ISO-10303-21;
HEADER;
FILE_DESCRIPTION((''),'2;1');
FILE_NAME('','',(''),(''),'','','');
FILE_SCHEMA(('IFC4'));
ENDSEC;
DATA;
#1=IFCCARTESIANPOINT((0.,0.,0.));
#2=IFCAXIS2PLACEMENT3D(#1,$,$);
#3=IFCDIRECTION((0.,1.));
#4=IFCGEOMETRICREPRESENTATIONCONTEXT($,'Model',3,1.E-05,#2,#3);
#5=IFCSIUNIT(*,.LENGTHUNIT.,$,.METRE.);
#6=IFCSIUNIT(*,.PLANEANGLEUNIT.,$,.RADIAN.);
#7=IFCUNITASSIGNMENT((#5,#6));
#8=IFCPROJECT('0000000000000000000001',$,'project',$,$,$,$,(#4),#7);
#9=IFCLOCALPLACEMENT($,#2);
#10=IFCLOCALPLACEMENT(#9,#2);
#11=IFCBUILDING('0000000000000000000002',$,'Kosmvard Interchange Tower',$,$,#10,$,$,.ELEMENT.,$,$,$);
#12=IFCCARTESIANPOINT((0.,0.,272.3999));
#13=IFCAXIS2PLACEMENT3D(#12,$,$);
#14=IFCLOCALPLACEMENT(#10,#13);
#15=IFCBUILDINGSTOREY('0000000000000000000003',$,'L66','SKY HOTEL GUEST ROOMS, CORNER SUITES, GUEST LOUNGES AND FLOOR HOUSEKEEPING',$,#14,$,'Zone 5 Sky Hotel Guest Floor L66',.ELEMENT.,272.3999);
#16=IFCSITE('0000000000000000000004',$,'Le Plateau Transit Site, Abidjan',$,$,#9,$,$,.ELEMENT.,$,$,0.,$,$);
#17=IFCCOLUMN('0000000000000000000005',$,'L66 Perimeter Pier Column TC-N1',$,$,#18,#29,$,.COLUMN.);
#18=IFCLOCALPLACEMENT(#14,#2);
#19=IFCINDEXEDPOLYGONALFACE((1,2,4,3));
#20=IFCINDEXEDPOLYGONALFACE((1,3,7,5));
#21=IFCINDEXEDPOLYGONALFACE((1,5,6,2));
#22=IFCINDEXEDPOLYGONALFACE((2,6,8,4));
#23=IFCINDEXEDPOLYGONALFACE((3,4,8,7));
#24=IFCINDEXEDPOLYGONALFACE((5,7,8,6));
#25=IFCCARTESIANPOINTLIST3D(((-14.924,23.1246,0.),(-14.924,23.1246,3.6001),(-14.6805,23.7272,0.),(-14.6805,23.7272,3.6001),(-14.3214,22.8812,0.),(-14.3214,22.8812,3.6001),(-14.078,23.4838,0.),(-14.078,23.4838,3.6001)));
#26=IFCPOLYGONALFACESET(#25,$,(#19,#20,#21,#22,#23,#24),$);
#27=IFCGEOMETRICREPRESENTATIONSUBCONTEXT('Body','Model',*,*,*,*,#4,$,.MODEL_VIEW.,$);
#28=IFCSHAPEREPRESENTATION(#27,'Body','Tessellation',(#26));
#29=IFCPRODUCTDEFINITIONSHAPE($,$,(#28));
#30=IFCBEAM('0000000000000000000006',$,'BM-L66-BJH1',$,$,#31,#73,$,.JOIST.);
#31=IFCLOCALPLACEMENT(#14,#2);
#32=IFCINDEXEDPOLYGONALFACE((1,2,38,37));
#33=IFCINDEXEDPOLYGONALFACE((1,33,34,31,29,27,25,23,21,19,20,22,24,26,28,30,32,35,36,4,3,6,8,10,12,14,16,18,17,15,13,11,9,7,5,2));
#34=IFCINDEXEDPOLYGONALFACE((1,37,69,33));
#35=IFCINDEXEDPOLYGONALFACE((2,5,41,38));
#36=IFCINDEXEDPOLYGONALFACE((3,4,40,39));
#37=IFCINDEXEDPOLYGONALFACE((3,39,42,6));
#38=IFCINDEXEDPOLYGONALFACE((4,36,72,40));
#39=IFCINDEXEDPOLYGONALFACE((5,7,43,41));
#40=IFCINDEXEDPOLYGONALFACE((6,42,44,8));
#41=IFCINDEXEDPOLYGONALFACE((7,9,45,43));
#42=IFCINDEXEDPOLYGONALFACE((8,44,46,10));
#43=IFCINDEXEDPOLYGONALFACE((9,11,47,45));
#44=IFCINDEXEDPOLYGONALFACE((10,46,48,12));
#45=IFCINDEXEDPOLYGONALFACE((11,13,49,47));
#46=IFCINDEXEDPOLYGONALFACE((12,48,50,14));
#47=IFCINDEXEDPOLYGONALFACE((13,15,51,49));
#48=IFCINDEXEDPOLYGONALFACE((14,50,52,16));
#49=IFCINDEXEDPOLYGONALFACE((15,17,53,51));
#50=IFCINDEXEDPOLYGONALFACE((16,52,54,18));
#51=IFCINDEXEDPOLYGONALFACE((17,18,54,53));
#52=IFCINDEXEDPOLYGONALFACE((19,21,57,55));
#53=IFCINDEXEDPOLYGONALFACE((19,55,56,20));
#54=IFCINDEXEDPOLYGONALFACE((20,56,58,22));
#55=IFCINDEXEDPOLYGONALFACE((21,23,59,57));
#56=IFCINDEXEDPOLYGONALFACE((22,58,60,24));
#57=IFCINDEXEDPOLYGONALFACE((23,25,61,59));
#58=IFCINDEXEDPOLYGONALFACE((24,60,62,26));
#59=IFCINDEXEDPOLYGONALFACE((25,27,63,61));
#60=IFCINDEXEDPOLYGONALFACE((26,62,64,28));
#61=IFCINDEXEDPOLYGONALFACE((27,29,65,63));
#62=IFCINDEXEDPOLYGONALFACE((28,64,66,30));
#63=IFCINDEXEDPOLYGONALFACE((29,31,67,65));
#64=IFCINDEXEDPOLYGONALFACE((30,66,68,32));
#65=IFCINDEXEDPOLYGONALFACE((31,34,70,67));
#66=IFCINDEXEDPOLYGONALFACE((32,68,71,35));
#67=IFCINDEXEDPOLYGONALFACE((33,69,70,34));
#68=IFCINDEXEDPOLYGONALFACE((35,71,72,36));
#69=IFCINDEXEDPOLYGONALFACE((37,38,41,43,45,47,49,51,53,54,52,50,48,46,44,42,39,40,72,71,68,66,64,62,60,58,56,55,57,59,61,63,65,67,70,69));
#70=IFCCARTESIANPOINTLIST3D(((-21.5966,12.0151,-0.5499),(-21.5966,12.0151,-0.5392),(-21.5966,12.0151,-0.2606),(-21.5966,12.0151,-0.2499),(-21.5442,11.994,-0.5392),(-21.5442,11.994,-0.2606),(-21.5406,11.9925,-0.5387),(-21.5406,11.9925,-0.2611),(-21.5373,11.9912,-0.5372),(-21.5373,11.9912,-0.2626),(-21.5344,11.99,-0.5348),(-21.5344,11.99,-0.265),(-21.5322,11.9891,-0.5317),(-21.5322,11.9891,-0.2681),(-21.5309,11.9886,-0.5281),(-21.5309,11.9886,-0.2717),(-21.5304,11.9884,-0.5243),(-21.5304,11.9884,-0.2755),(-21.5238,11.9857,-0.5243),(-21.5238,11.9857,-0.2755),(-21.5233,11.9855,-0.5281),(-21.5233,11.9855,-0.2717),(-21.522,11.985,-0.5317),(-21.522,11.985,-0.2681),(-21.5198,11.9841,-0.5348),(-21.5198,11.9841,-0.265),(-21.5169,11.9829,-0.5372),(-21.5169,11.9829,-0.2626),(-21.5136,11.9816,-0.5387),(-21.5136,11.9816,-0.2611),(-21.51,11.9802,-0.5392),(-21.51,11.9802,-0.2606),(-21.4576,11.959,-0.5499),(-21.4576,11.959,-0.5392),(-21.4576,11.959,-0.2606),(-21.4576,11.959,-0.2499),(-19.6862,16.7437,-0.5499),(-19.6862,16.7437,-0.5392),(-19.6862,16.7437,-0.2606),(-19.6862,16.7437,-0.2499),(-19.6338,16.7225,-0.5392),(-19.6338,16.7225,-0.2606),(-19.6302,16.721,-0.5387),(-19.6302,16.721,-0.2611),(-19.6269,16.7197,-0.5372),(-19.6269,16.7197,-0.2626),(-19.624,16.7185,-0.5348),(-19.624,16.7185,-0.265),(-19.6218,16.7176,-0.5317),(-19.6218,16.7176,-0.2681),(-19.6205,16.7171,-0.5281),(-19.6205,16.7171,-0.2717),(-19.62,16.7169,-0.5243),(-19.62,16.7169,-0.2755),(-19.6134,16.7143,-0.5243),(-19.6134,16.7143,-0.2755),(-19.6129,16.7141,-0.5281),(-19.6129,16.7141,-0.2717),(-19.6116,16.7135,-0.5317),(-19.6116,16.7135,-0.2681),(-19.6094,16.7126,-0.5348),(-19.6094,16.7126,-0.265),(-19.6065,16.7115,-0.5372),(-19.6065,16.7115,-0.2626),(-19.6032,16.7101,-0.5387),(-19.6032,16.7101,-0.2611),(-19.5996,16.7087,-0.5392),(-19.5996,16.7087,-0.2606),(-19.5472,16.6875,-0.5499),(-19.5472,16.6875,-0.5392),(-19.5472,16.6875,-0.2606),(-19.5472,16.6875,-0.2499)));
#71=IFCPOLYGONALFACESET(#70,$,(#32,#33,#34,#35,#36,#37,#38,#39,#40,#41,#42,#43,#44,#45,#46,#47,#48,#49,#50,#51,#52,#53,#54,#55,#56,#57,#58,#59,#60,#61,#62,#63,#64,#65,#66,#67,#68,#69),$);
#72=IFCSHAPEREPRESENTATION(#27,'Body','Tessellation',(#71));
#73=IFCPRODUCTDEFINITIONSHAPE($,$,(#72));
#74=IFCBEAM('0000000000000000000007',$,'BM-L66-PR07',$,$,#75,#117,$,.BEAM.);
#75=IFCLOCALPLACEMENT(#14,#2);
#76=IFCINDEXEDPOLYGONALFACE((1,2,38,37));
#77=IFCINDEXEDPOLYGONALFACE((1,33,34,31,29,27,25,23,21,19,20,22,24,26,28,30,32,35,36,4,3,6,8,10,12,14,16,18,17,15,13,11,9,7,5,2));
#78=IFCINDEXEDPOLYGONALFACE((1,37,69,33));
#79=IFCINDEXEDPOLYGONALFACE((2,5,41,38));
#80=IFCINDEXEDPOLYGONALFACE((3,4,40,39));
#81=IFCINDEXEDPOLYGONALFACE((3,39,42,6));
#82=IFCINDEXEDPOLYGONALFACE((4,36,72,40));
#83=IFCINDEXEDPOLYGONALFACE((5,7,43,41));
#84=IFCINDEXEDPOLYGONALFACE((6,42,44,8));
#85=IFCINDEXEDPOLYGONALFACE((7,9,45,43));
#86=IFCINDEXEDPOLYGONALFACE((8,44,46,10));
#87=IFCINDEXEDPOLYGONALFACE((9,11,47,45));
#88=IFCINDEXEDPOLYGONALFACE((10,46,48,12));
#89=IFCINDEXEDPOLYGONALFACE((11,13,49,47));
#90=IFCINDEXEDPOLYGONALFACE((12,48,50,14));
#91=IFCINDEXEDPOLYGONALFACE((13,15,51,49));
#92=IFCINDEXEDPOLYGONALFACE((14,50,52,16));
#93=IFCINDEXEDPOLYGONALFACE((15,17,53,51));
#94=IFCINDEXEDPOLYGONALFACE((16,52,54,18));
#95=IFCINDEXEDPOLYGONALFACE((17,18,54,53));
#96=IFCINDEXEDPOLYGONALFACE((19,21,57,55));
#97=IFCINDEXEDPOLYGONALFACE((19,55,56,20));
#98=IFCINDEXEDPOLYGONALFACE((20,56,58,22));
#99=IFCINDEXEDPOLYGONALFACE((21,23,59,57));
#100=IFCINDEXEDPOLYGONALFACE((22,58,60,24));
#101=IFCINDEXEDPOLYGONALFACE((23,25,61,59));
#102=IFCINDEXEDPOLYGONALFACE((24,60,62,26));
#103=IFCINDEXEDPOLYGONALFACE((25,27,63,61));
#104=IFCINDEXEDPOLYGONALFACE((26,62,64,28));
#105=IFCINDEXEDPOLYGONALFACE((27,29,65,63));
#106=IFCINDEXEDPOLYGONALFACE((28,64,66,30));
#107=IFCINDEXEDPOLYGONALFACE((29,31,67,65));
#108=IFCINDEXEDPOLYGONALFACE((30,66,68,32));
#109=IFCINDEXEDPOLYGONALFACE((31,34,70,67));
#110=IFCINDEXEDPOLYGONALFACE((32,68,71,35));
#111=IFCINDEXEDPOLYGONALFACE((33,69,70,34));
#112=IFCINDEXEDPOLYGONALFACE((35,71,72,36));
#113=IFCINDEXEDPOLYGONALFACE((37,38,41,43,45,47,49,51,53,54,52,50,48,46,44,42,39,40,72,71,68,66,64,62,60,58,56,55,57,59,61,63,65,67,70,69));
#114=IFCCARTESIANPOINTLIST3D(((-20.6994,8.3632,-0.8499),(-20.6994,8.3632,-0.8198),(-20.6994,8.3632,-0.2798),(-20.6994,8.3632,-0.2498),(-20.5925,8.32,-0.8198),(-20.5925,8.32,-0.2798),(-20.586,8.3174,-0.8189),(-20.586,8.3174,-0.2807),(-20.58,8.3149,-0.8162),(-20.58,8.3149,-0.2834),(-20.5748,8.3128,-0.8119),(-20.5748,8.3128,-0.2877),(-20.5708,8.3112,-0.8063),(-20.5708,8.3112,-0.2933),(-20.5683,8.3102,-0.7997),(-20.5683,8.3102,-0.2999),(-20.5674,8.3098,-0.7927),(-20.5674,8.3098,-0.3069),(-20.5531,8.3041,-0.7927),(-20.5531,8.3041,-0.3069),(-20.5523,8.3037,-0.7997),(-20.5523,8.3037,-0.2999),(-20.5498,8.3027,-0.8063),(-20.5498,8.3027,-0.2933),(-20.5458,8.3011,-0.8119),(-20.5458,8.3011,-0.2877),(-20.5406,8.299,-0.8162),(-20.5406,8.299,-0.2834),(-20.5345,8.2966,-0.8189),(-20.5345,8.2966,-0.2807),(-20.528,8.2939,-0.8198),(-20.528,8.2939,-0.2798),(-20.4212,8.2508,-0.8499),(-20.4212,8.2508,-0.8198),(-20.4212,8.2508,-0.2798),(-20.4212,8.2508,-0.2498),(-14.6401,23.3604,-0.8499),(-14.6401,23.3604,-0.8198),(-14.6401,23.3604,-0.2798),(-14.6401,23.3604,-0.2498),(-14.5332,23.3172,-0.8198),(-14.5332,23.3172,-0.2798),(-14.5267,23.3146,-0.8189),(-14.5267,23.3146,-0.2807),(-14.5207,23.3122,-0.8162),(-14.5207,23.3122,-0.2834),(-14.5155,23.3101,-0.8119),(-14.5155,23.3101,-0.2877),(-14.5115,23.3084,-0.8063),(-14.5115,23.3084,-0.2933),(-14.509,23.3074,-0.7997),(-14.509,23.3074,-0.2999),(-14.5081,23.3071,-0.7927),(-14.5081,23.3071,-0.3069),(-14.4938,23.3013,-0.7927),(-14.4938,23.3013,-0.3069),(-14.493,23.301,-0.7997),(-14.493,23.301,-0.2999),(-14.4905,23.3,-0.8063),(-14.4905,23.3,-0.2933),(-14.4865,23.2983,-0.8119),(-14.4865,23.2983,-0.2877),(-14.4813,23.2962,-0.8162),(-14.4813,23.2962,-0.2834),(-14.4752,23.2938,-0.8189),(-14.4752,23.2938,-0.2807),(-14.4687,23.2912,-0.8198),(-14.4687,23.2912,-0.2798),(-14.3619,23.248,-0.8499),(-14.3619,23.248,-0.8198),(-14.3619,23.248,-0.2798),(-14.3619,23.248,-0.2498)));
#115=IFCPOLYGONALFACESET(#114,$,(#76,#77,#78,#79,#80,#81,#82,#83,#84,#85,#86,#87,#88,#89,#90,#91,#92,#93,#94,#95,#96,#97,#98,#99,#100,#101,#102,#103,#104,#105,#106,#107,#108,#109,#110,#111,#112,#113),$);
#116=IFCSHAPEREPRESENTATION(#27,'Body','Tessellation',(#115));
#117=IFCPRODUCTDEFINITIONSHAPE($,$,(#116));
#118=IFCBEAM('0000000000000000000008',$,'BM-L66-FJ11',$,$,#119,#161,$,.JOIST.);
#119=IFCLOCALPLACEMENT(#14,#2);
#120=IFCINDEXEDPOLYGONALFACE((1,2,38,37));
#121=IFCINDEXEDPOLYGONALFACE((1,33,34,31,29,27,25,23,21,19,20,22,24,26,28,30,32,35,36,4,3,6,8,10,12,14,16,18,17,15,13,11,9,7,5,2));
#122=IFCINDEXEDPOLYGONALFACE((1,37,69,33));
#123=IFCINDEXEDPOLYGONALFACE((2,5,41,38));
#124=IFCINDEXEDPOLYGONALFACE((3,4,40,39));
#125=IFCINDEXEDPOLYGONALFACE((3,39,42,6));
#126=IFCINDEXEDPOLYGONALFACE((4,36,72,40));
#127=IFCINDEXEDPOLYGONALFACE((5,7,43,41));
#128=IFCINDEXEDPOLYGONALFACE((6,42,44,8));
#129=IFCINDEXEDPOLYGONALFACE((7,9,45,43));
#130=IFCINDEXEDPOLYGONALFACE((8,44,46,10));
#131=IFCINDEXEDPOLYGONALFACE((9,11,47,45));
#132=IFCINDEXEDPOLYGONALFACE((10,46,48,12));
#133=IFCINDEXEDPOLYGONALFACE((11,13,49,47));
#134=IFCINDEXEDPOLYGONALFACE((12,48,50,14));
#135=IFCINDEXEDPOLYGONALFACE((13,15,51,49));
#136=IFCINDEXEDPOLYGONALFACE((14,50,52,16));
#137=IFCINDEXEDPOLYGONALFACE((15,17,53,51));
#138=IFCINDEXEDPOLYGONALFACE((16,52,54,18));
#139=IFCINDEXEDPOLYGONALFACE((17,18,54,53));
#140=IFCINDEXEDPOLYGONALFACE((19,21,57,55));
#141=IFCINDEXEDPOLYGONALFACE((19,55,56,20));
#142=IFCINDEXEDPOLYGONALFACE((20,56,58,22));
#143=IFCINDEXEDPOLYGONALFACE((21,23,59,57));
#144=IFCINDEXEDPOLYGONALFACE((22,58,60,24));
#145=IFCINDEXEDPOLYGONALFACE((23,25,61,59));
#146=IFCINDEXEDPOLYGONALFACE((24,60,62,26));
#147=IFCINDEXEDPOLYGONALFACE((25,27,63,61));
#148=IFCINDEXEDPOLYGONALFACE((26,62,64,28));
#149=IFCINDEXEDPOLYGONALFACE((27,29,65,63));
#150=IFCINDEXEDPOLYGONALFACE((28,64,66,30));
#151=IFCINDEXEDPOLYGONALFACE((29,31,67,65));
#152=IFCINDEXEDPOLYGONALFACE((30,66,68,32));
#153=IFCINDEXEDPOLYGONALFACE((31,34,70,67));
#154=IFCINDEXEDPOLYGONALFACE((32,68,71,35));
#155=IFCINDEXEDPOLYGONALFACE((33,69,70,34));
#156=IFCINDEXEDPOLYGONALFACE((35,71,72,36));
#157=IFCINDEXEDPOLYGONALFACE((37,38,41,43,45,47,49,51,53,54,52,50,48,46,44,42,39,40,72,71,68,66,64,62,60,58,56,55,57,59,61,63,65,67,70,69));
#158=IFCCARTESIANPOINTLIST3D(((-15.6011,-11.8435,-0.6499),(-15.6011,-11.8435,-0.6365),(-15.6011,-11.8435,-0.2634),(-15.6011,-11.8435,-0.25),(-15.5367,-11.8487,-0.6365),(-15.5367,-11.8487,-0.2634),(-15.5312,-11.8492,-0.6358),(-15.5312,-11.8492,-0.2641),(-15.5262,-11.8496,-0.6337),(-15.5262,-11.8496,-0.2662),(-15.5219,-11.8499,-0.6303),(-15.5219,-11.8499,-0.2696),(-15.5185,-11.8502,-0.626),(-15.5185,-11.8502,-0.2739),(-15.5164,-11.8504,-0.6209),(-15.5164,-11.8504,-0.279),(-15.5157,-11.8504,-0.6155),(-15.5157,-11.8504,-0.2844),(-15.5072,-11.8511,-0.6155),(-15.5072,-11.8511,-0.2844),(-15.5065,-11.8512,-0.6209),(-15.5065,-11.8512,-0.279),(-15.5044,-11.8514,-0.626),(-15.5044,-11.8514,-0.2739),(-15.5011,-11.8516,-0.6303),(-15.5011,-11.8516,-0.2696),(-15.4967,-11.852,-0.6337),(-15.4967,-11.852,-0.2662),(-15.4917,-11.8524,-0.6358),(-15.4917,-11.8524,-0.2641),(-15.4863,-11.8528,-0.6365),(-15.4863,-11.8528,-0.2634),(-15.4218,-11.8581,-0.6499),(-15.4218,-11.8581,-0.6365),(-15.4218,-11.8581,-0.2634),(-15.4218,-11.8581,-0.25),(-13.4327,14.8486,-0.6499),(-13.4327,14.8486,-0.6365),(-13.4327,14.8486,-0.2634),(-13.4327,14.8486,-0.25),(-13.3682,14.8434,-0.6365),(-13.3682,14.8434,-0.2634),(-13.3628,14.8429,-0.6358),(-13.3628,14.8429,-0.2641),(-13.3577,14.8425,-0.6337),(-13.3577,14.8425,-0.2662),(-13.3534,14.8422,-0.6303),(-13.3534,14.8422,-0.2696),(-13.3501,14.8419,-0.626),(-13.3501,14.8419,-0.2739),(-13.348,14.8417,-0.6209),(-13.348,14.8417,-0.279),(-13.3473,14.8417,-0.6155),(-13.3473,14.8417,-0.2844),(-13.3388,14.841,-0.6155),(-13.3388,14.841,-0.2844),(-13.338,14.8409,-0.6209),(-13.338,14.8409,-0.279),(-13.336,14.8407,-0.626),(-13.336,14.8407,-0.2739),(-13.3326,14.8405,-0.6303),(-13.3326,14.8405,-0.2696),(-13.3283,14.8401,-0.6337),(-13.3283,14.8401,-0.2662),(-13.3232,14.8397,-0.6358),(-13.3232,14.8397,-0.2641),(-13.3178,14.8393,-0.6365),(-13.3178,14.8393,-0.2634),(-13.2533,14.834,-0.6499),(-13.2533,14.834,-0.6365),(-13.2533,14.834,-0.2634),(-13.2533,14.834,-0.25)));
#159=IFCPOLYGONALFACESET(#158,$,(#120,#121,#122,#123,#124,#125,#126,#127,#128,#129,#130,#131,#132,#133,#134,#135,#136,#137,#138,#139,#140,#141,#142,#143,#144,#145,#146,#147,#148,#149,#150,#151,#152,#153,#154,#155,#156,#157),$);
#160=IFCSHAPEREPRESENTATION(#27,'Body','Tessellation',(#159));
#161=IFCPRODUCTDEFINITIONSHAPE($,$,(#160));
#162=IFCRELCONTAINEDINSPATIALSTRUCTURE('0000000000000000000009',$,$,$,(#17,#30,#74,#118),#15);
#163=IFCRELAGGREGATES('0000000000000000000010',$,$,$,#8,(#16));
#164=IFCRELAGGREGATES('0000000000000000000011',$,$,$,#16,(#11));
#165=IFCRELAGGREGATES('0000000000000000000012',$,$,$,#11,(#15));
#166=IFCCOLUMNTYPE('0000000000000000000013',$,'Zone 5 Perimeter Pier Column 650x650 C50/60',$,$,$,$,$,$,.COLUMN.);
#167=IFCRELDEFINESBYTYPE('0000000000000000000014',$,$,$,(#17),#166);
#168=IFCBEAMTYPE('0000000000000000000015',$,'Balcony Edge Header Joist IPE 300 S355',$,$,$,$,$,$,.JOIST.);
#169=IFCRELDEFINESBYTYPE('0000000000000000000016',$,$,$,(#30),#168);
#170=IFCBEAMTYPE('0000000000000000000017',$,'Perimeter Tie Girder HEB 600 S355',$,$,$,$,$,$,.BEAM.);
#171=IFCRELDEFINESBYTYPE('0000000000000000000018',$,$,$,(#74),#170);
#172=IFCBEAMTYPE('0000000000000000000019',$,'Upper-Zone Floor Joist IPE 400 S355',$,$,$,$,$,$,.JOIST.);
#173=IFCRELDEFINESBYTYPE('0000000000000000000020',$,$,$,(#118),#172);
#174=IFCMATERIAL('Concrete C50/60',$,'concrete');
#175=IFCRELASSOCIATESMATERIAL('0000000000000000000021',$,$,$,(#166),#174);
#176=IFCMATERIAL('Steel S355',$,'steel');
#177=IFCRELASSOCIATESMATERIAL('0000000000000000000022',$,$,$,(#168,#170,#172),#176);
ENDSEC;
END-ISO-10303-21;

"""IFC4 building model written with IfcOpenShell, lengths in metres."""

from ifc_helpers import new_model, si_unit, direction, frame, origin, origin_2d, place, context, subcontext, project, spatial, rectangle, i_section, extrude, source, transform, mapped, material, material_profile, profile_set, type_object, element, save


model = new_model("IFC4")

# Units and contexts
model_context = context("Model", 3, precision=1e-05, world=origin(), true_north=direction((0.0, 1.0)))
body_context = subcontext(model_context, "Body", "Model", "MODEL_VIEW")
ifc_project = project(units=[si_unit("LENGTHUNIT", "METRE"), si_unit("PLANEANGLEUNIT", "RADIAN")], contexts=[model_context])

# Site, building, storey
site_placement = place(None, origin())
site = spatial("IfcSite", under=ifc_project, at=site_placement, Name="Le Plateau Transit Site, Abidjan", CompositionType="ELEMENT", RefElevation=0.0)
building_placement = place(site_placement, origin())
building = spatial("IfcBuilding", under=site, at=building_placement, Name="Kosmvard Interchange Tower", CompositionType="ELEMENT")
storey_placement = place(building_placement, frame((0.0, 0.0, 272.3999)))
storey = spatial("IfcBuildingStorey", under=building, at=storey_placement, Name="L66", Description="SKY HOTEL GUEST ROOMS, CORNER SUITES, GUEST LOUNGES AND FLOOR HOUSEKEEPING", LongName="Zone 5 Sky Hotel Guest Floor L66", CompositionType="ELEMENT", Elevation=272.3999)

# Column
ifc_material_1 = material(Name="Concrete C50/60", Category="concrete")
ifc_material_profile_1 = material_profile(ifc_material_1, rectangle(XDim=0.6499, YDim=0.6499, at=origin_2d()), Name="TC 650x650")
ifc_profile_set_1 = profile_set([ifc_material_profile_1], Name="Concrete C50/60")
column_type = type_object("IfcColumnType", Name="Zone 5 Perimeter Pier Column 650x650 C50/60", PredefinedType="COLUMN", material=ifc_profile_set_1)
shared_shape_1 = source(origin(), body_context, "Body", "SweptSolid", [
    extrude(rectangle(XDim=0.6499, YDim=0.6499, at=origin_2d()), origin(), (0.0, 0.0, 1.0), 3.6001),
])
column_placement = place(storey_placement, frame((-14.501, 23.3042, 0.0), z_axis=(0.0, 0.0, 1.0), x_axis=(0.374607, 0.927184, 0.0)))
element("IfcColumn", 1, at=column_placement, inside=storey, type_object=column_type, Name="L66 Perimeter Pier Column TC-N1", PredefinedType="COLUMN", context=body_context, shape_type="MappedRepresentation", body=[
    mapped(shared_shape_1, transform((0.0, 0.0, 0.0), scale=1.0)),
])

# Beams
ifc_material_2 = material(Name="Steel S355", Category="steel")
ifc_material_profile_2 = material_profile(ifc_material_2, i_section(OverallWidth=0.1499, OverallDepth=0.3, WebThickness=0.0071, FlangeThickness=0.0107, FilletRadius=0.0149, at=origin_2d()), Name="IPE 300")
ifc_profile_set_2 = profile_set([ifc_material_profile_2], Name="Steel S355")
beam_type_1 = type_object("IfcBeamType", Name="Balcony Edge Header Joist IPE 300 S355", PredefinedType="JOIST", material=ifc_profile_set_2)
shared_shape_2 = source(origin(), body_context, "Body", "SweptSolid", [
    extrude(i_section(OverallWidth=0.1499, OverallDepth=0.3, WebThickness=0.0071, FlangeThickness=0.0107, FilletRadius=0.0149, at=origin_2d()), origin(), (0.0, 0.0, 1.0), 5.0999),
])
beam_1_placement = place(storey_placement, frame((-19.6167, 16.7156, -0.3999), z_axis=(-0.374599, -0.927187, 0.0), x_axis=(0.927187, -0.374599, 0.0)))
element("IfcBeam", 2, at=beam_1_placement, inside=storey, type_object=beam_type_1, Name="BM-L66-BJH1", PredefinedType="JOIST", context=body_context, shape_type="MappedRepresentation", body=[
    mapped(shared_shape_2, transform((0.0, 0.0, 0.0), scale=1.0)),
])
ifc_material_profile_3 = material_profile(ifc_material_2, i_section(OverallWidth=0.3, OverallDepth=0.6001, WebThickness=0.0154, FlangeThickness=0.03, FilletRadius=0.0271, at=origin_2d()), Name="HEB 600")
ifc_profile_set_3 = profile_set([ifc_material_profile_3], Name="Steel S355")
beam_type_2 = type_object("IfcBeamType", Name="Perimeter Tie Girder HEB 600 S355", PredefinedType="BEAM", material=ifc_profile_set_3)
shared_shape_3 = source(origin(), body_context, "Body", "SweptSolid", [
    extrude(i_section(OverallWidth=0.3, OverallDepth=0.6001, WebThickness=0.0154, FlangeThickness=0.03, FilletRadius=0.0271, at=origin_2d()), origin(), (0.0, 0.0, 1.0), 16.175),
])
beam_2_placement = place(storey_placement, frame((-14.501, 23.3042, -0.5498), z_axis=(-0.374608, -0.927183, 0.0), x_axis=(0.927183, -0.374608, 0.0)))
element("IfcBeam", 3, at=beam_2_placement, inside=storey, type_object=beam_type_2, Name="BM-L66-PR07", PredefinedType="BEAM", context=body_context, shape_type="MappedRepresentation", body=[
    mapped(shared_shape_3, transform((0.0, 0.0, 0.0), scale=1.0)),
])
ifc_material_profile_4 = material_profile(ifc_material_2, i_section(OverallWidth=0.1799, OverallDepth=0.3999, WebThickness=0.0085, FlangeThickness=0.0134, FilletRadius=0.021, at=origin_2d()), Name="IPE 400")
ifc_profile_set_4 = profile_set([ifc_material_profile_4], Name="Steel S355")
beam_type_3 = type_object("IfcBeamType", Name="Upper-Zone Floor Joist IPE 400 S355", PredefinedType="JOIST", material=ifc_profile_set_4)
shared_shape_4 = source(origin(), body_context, "Body", "SweptSolid", [
    extrude(i_section(OverallWidth=0.1799, OverallDepth=0.3999, WebThickness=0.0085, FlangeThickness=0.0134, FilletRadius=0.021, at=origin_2d()), origin(), (0.0, 0.0, 1.0), 26.78),
])
beam_3_placement = place(storey_placement, frame((-13.343, 14.8413, -0.45), z_axis=(-0.080973, -0.996716, 0.0), x_axis=(0.996716, -0.080973, 0.0)))
element("IfcBeam", 4, at=beam_3_placement, inside=storey, type_object=beam_type_3, Name="BM-L66-FJ11", PredefinedType="JOIST", context=body_context, shape_type="MappedRepresentation", body=[
    mapped(shared_shape_4, transform((0.0, 0.0, 0.0), scale=1.0)),
])

save(model, "model.ifc")
